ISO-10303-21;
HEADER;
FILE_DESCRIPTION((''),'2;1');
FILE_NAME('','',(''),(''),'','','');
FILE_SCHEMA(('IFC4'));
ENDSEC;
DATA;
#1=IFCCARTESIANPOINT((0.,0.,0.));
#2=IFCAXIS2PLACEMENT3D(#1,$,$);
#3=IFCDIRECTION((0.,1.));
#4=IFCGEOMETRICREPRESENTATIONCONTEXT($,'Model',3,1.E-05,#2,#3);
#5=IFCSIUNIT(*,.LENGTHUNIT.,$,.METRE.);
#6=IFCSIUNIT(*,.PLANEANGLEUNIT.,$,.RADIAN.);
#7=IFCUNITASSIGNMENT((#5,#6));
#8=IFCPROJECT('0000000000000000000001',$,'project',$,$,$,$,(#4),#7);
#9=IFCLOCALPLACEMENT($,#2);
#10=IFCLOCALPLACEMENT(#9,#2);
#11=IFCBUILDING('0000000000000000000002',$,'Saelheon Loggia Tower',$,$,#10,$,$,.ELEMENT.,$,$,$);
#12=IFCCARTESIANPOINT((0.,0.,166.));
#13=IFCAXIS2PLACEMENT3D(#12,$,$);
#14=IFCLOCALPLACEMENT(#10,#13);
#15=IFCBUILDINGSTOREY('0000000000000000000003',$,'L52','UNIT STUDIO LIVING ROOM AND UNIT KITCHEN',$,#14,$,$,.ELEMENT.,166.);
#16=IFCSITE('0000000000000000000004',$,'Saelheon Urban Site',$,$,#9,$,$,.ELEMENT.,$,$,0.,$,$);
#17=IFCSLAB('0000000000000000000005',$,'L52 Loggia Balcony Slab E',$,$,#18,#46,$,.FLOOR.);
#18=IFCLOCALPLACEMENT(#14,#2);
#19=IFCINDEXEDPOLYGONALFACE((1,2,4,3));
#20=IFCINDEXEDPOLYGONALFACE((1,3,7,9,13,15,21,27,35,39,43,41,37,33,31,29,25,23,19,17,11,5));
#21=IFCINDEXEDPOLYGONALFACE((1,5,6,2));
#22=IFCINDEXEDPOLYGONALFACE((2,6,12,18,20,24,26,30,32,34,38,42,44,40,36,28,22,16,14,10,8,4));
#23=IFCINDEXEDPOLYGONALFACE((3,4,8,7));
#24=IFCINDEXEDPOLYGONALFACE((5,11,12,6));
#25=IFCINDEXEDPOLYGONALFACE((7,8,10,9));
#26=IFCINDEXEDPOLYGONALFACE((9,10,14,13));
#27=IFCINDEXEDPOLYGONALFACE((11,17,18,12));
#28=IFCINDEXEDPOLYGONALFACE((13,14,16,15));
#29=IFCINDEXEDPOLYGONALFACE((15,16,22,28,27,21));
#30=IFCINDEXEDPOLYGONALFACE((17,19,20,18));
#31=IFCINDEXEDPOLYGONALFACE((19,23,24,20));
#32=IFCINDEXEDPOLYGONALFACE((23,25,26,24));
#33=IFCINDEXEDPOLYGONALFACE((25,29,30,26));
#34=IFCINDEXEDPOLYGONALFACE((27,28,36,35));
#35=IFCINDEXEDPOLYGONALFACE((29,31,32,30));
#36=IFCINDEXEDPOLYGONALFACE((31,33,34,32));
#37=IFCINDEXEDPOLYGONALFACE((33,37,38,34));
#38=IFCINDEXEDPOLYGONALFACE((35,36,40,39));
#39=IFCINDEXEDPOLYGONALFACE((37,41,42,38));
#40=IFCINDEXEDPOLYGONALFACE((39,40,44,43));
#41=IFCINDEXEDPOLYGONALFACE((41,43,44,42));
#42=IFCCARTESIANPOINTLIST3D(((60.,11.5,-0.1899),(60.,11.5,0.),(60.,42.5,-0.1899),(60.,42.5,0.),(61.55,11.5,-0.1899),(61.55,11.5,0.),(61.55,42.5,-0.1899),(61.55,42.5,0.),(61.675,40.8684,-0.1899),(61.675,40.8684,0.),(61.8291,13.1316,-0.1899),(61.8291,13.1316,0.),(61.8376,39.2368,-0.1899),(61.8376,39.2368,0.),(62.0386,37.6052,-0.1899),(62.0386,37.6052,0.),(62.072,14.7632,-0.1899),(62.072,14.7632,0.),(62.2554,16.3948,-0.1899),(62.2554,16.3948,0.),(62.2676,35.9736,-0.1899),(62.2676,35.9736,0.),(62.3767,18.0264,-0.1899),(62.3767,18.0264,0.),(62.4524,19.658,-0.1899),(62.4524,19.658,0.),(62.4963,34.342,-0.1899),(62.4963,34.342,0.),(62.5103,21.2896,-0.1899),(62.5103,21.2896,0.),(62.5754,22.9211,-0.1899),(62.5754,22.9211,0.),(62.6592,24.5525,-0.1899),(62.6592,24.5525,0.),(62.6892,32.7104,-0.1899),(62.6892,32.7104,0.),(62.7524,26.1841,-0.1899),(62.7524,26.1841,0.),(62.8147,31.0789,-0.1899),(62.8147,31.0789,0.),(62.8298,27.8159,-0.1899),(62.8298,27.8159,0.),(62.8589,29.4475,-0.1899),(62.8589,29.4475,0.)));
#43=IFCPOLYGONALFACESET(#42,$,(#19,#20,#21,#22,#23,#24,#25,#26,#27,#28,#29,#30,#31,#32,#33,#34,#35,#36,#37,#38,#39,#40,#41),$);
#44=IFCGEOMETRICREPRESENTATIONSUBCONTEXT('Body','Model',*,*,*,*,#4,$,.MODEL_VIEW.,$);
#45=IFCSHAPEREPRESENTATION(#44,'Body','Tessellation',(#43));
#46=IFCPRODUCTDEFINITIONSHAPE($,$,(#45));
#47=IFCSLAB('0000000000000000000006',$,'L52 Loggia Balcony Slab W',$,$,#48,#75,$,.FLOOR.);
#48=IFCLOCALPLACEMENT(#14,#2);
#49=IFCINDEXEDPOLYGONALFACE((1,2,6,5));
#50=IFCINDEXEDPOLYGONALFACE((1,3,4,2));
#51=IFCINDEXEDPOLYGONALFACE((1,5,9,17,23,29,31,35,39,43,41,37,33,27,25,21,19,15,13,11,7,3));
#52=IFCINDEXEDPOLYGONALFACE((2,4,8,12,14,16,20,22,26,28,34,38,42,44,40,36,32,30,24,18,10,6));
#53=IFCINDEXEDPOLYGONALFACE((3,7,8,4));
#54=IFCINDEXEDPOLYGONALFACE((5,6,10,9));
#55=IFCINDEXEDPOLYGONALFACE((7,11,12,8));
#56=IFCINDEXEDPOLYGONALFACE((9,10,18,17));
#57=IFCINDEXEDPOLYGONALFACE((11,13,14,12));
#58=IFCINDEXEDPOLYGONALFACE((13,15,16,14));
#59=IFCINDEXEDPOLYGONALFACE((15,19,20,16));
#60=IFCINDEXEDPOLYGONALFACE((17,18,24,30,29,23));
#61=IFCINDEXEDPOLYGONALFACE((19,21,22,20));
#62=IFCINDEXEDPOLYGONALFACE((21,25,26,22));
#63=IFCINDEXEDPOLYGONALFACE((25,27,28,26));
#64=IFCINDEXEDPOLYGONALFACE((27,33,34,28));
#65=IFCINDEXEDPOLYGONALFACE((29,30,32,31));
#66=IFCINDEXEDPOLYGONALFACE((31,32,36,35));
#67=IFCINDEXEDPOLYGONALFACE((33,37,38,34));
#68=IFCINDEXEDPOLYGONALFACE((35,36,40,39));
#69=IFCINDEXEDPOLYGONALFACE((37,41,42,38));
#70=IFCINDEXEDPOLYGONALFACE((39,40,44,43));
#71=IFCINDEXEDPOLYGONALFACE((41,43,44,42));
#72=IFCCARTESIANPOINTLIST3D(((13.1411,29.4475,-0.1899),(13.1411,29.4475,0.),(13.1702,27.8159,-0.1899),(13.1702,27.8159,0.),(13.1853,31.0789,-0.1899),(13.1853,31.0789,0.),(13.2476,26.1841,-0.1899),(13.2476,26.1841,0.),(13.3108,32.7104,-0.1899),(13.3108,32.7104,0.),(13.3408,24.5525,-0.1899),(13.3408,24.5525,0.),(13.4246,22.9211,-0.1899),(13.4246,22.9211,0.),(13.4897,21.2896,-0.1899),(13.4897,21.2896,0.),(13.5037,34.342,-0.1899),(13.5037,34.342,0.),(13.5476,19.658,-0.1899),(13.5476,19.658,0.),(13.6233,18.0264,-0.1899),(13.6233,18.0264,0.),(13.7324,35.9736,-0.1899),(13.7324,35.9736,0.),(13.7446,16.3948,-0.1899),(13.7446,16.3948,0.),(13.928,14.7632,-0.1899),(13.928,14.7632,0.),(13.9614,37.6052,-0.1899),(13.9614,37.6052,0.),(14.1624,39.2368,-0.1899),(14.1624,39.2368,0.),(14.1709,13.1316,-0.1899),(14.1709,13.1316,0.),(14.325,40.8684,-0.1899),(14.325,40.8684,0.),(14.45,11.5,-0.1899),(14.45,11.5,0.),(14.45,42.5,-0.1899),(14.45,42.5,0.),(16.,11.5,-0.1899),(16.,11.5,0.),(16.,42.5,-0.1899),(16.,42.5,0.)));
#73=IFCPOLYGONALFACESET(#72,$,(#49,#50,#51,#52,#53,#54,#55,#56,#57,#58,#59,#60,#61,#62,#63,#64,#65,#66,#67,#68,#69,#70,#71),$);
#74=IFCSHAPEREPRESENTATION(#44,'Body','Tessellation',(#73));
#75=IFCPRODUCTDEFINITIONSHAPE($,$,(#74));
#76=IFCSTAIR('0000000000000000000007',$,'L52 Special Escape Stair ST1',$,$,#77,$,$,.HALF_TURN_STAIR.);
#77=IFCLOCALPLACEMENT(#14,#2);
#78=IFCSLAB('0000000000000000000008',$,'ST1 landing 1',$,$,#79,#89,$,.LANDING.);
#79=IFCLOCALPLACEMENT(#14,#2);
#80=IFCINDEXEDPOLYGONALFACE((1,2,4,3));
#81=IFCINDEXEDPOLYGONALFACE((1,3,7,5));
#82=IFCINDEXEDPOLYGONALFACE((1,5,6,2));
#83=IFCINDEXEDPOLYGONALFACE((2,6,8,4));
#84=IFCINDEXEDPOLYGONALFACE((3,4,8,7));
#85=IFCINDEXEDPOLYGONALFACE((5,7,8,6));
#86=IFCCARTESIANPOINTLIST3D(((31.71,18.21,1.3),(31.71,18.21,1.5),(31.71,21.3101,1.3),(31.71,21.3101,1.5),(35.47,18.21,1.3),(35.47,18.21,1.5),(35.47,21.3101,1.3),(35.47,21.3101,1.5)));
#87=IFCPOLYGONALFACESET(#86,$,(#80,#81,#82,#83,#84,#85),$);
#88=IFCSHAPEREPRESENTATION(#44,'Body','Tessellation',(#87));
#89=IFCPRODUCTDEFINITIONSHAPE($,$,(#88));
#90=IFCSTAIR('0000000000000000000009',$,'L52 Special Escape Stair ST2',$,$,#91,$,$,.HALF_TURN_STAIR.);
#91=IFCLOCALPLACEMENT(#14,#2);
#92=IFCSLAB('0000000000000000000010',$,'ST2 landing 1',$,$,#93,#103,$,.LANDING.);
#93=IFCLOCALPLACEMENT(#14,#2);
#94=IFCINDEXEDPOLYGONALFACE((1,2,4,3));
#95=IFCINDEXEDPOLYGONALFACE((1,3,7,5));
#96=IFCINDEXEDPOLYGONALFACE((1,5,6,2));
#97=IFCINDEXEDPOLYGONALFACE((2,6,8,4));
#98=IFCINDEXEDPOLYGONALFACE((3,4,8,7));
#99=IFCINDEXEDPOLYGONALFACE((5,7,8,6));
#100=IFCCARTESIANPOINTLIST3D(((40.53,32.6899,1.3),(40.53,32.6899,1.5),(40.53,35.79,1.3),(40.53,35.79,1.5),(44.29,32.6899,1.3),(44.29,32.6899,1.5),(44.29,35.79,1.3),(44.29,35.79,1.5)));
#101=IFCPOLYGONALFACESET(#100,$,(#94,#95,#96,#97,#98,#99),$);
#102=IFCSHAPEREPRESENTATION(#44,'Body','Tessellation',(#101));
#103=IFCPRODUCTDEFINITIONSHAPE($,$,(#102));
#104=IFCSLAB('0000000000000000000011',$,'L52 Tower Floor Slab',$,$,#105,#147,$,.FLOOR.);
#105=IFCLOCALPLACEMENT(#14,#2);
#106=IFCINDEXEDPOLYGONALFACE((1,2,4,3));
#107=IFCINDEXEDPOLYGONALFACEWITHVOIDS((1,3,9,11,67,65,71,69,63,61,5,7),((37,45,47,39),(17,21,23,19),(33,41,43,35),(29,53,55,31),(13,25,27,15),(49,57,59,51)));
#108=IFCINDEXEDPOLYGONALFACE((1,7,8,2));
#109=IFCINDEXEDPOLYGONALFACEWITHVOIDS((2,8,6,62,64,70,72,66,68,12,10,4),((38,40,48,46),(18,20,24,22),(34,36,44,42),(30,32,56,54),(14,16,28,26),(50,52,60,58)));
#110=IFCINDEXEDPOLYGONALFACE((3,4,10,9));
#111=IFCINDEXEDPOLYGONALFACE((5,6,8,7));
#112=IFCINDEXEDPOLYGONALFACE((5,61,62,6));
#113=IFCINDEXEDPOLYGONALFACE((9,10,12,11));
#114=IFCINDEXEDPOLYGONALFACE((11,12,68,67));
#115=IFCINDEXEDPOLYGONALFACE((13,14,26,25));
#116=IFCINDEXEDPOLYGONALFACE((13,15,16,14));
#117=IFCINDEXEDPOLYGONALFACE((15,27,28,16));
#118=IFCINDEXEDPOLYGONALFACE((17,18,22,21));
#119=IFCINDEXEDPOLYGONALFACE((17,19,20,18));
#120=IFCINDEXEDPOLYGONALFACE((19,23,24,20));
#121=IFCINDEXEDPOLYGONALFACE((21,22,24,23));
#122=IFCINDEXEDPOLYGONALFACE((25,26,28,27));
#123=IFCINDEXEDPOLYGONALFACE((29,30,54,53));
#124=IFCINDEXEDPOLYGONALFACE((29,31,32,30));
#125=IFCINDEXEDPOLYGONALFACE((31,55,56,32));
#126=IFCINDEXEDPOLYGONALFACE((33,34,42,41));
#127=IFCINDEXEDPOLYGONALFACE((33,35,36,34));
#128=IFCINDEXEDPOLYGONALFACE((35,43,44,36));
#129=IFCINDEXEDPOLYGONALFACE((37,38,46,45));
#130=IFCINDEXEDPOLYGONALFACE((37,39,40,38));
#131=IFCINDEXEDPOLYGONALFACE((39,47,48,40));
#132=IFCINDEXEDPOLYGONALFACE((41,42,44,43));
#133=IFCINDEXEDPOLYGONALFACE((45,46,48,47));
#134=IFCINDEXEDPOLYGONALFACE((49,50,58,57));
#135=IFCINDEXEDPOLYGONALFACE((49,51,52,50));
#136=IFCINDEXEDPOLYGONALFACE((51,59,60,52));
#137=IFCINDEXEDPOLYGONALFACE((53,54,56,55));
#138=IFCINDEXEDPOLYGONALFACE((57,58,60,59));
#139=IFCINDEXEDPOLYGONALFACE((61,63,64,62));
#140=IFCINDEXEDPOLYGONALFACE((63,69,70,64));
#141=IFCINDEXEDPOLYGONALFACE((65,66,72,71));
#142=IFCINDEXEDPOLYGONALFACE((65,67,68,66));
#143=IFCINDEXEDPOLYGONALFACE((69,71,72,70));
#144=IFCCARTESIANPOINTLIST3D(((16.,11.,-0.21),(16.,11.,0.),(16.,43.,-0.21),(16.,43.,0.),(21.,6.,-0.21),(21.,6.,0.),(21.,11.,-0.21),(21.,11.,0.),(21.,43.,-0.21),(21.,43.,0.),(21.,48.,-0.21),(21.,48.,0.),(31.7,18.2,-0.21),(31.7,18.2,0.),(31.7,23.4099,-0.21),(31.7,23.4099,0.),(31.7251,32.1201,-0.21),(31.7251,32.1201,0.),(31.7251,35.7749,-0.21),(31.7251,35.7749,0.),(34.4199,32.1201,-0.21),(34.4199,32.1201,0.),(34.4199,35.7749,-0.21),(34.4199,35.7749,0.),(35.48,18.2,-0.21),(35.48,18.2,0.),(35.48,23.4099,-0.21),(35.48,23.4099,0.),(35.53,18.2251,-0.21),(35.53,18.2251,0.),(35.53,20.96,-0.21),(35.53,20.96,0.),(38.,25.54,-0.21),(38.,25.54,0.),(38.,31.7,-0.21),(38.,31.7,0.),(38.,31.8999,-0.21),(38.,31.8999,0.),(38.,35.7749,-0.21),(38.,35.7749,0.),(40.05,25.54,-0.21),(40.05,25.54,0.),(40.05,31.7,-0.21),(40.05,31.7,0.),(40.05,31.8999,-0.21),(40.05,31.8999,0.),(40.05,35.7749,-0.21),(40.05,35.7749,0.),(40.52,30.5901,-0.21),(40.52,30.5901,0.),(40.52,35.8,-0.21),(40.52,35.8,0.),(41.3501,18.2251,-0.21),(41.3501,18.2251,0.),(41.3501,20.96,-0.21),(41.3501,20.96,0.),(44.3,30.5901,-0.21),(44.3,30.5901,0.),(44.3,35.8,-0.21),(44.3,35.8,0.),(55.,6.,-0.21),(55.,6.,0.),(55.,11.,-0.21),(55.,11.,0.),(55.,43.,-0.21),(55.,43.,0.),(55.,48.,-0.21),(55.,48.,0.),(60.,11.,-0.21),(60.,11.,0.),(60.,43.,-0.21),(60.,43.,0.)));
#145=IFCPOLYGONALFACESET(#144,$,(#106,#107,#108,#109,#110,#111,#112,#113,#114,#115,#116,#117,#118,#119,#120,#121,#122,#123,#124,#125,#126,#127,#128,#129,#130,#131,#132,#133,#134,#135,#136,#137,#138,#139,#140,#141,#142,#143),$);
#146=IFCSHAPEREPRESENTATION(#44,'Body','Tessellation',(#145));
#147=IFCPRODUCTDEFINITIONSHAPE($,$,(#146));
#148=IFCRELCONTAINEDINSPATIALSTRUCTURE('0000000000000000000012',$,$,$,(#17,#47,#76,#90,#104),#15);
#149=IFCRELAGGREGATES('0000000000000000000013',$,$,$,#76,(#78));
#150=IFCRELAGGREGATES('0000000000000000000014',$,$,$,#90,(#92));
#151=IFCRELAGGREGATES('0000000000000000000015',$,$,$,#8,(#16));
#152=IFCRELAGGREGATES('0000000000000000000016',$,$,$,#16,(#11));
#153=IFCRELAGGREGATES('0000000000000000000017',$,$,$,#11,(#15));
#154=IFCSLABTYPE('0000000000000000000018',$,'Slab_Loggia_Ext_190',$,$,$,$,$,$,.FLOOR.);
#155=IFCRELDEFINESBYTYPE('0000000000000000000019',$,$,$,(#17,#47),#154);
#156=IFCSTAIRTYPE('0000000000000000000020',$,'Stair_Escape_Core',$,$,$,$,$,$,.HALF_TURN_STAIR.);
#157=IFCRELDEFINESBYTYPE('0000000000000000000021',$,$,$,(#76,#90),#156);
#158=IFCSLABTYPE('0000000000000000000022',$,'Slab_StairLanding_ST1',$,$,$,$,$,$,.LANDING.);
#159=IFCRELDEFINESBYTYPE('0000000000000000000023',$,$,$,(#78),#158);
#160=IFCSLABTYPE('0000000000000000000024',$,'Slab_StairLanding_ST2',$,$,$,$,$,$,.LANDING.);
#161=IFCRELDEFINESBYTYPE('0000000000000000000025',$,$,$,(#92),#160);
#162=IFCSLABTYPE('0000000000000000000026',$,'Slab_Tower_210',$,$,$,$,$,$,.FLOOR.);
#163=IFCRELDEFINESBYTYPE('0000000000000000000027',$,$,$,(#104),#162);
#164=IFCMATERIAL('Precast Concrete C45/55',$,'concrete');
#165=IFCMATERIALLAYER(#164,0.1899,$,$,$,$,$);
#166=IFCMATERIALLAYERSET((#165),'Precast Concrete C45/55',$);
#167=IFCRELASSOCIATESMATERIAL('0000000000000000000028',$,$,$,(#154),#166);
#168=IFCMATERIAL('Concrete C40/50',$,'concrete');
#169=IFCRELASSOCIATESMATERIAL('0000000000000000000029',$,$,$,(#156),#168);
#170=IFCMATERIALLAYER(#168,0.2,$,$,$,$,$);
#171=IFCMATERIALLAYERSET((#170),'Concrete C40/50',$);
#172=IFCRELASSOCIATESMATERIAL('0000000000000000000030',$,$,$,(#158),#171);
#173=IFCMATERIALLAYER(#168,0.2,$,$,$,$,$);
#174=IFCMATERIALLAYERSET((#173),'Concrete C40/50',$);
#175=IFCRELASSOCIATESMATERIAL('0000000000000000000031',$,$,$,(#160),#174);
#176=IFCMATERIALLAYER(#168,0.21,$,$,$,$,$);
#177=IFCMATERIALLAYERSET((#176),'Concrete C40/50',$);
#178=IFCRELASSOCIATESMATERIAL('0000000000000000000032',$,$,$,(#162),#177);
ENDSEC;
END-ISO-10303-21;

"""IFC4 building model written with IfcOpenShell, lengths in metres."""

from ifc_helpers import new_model, si_unit, direction, frame, origin, place, context, subcontext, project, spatial, polyline, outline, extrude, material, layer, layer_set, type_object, element, aggregate, save


model = new_model("IFC4")

# Units and contexts
model_context = context("Model", 3, precision=1e-05, world=origin(), true_north=direction((0.0, 1.0)))
body_context = subcontext(model_context, "Body", "Model", "MODEL_VIEW")
ifc_project = project(units=[si_unit("LENGTHUNIT", "METRE"), si_unit("PLANEANGLEUNIT", "RADIAN")], contexts=[model_context])

# Site, building, storey
site_placement = place(None, origin())
site = spatial("IfcSite", under=ifc_project, at=site_placement, Name="Saelheon Urban Site", CompositionType="ELEMENT", RefElevation=0.0)
building_placement = place(site_placement, origin())
building = spatial("IfcBuilding", under=site, at=building_placement, Name="Saelheon Loggia Tower", CompositionType="ELEMENT")
storey_placement = place(building_placement, frame((0.0, 0.0, 166.0)))
storey = spatial("IfcBuildingStorey", under=building, at=storey_placement, Name="L52", Description="UNIT STUDIO LIVING ROOM AND UNIT KITCHEN", CompositionType="ELEMENT", Elevation=166.0)

# Shared definitions
ifc_material_1 = material(Name="Concrete C40/50", Category="concrete")

# Slabs
ifc_material_2 = material(Name="Precast Concrete C45/55", Category="concrete")
ifc_layer_1 = layer(ifc_material_2, 0.1899)
ifc_layer_set_1 = layer_set([ifc_layer_1], Name="Precast Concrete C45/55")
slab_type_1 = type_object("IfcSlabType", Name="Slab_Loggia_Ext_190", PredefinedType="FLOOR", material=ifc_layer_set_1)
slab_1_placement = place(storey_placement, frame((0.0, 0.0, -0.1899)))
element("IfcSlab", 1, at=slab_1_placement, inside=storey, type_object=slab_type_1, Name="L52 Loggia Balcony Slab E", PredefinedType="FLOOR", context=body_context, shape_type="SweptSolid", body=[
    extrude(outline(polyline([(60.0, 11.5), (61.55, 11.5), (61.8291, 13.1316), (62.072, 14.7632), (62.2554, 16.3948), (62.3767, 18.0264), (62.4524, 19.658), (62.5103, 21.2896), (62.5754, 22.9211), (62.6592, 24.5525), (62.7524, 26.1841), (62.8298, 27.8159), (62.8589, 29.4475), (62.8147, 31.0789), (62.6892, 32.7104), (62.4963, 34.342), (62.2676, 35.9736), (62.0386, 37.6052), (61.8376, 39.2368), (61.675, 40.8684), (61.55, 42.5), (60.0, 42.5), (60.0, 11.5)])), origin(), (0.0, 0.0, 1.0), 0.1899),
])
slab_2_placement = place(storey_placement, frame((0.0, 0.0, -0.1899)))
element("IfcSlab", 2, at=slab_2_placement, inside=storey, type_object=slab_type_1, Name="L52 Loggia Balcony Slab W", PredefinedType="FLOOR", context=body_context, shape_type="SweptSolid", body=[
    extrude(outline(polyline([(16.0, 11.5), (16.0, 42.5), (14.45, 42.5), (14.325, 40.8684), (14.1624, 39.2368), (13.9614, 37.6052), (13.7324, 35.9736), (13.5037, 34.342), (13.3108, 32.7104), (13.1853, 31.0789), (13.1411, 29.4475), (13.1702, 27.8159), (13.2476, 26.1841), (13.3408, 24.5525), (13.4246, 22.9211), (13.4897, 21.2896), (13.5476, 19.658), (13.6233, 18.0264), (13.7446, 16.3948), (13.928, 14.7632), (14.1709, 13.1316), (14.45, 11.5), (16.0, 11.5)])), origin(), (0.0, 0.0, 1.0), 0.1899),
])

# Stairs, slabs
stair_type = type_object("IfcStairType", Name="Stair_Escape_Core", PredefinedType="HALF_TURN_STAIR", material=ifc_material_1)
stair_1_placement = place(storey_placement, origin())
stair_1 = element("IfcStair", 3, at=stair_1_placement, inside=storey, type_object=stair_type, Name="L52 Special Escape Stair ST1", PredefinedType="HALF_TURN_STAIR")
ifc_layer_2 = layer(ifc_material_1, 0.2)
ifc_layer_set_2 = layer_set([ifc_layer_2], Name="Concrete C40/50")
slab_type_2 = type_object("IfcSlabType", Name="Slab_StairLanding_ST1", PredefinedType="LANDING", material=ifc_layer_set_2)
slab_3_placement = place(storey_placement, frame((0.0, 0.0, 1.3)))
slab_3 = element("IfcSlab", 4, at=slab_3_placement, type_object=slab_type_2, Name="ST1 landing 1", PredefinedType="LANDING", context=body_context, shape_type="SweptSolid", body=[
    extrude(outline(polyline([(31.71, 21.3101), (31.71, 18.21), (35.47, 18.21), (35.47, 21.3101), (31.71, 21.3101)])), origin(), (0.0, 0.0, 1.0), 0.2),
])
aggregate(stair_1, [slab_3])
stair_2_placement = place(storey_placement, origin())
stair_2 = element("IfcStair", 5, at=stair_2_placement, inside=storey, type_object=stair_type, Name="L52 Special Escape Stair ST2", PredefinedType="HALF_TURN_STAIR")
ifc_layer_3 = layer(ifc_material_1, 0.2)
ifc_layer_set_3 = layer_set([ifc_layer_3], Name="Concrete C40/50")
slab_type_3 = type_object("IfcSlabType", Name="Slab_StairLanding_ST2", PredefinedType="LANDING", material=ifc_layer_set_3)
slab_4_placement = place(storey_placement, frame((0.0, 0.0, 1.3)))
slab_4 = element("IfcSlab", 6, at=slab_4_placement, type_object=slab_type_3, Name="ST2 landing 1", PredefinedType="LANDING", context=body_context, shape_type="SweptSolid", body=[
    extrude(outline(polyline([(44.29, 32.6899), (44.29, 35.79), (40.53, 35.79), (40.53, 32.6899), (44.29, 32.6899)])), origin(), (0.0, 0.0, 1.0), 0.2),
])
aggregate(stair_2, [slab_4])

# Slab
ifc_layer_4 = layer(ifc_material_1, 0.21)
ifc_layer_set_4 = layer_set([ifc_layer_4], Name="Concrete C40/50")
slab_type_4 = type_object("IfcSlabType", Name="Slab_Tower_210", PredefinedType="FLOOR", material=ifc_layer_set_4)
slab_5_placement = place(storey_placement, frame((0.0, 0.0, -0.21)))
element("IfcSlab", 7, at=slab_5_placement, inside=storey, type_object=slab_type_4, Name="L52 Tower Floor Slab", PredefinedType="FLOOR", context=body_context, shape_type="SweptSolid", body=[
    extrude(outline(polyline([(21.0, 6.0), (55.0, 6.0), (55.0, 11.0), (60.0, 11.0), (60.0, 43.0), (55.0, 43.0), (55.0, 48.0), (21.0, 48.0), (21.0, 43.0), (16.0, 43.0), (16.0, 11.0), (21.0, 11.0), (21.0, 6.0)]), holes=[polyline([(31.7, 23.4099), (31.7, 18.2), (35.48, 18.2), (35.48, 23.4099), (31.7, 23.4099)]), polyline([(44.3, 30.5901), (44.3, 35.8), (40.52, 35.8), (40.52, 30.5901), (44.3, 30.5901)]), polyline([(35.53, 18.2251), (41.3501, 18.2251), (41.3501, 20.96), (35.53, 20.96), (35.53, 18.2251)]), polyline([(31.7251, 32.1201), (34.4199, 32.1201), (34.4199, 35.7749), (31.7251, 35.7749), (31.7251, 32.1201)]), polyline([(38.0, 31.8999), (40.05, 31.8999), (40.05, 35.7749), (38.0, 35.7749), (38.0, 31.8999)]), polyline([(38.0, 25.54), (40.05, 25.54), (40.05, 31.7), (38.0, 31.7), (38.0, 25.54)])]), origin(), (0.0, 0.0, 1.0), 0.21),
])

save(model, "model.ifc")
